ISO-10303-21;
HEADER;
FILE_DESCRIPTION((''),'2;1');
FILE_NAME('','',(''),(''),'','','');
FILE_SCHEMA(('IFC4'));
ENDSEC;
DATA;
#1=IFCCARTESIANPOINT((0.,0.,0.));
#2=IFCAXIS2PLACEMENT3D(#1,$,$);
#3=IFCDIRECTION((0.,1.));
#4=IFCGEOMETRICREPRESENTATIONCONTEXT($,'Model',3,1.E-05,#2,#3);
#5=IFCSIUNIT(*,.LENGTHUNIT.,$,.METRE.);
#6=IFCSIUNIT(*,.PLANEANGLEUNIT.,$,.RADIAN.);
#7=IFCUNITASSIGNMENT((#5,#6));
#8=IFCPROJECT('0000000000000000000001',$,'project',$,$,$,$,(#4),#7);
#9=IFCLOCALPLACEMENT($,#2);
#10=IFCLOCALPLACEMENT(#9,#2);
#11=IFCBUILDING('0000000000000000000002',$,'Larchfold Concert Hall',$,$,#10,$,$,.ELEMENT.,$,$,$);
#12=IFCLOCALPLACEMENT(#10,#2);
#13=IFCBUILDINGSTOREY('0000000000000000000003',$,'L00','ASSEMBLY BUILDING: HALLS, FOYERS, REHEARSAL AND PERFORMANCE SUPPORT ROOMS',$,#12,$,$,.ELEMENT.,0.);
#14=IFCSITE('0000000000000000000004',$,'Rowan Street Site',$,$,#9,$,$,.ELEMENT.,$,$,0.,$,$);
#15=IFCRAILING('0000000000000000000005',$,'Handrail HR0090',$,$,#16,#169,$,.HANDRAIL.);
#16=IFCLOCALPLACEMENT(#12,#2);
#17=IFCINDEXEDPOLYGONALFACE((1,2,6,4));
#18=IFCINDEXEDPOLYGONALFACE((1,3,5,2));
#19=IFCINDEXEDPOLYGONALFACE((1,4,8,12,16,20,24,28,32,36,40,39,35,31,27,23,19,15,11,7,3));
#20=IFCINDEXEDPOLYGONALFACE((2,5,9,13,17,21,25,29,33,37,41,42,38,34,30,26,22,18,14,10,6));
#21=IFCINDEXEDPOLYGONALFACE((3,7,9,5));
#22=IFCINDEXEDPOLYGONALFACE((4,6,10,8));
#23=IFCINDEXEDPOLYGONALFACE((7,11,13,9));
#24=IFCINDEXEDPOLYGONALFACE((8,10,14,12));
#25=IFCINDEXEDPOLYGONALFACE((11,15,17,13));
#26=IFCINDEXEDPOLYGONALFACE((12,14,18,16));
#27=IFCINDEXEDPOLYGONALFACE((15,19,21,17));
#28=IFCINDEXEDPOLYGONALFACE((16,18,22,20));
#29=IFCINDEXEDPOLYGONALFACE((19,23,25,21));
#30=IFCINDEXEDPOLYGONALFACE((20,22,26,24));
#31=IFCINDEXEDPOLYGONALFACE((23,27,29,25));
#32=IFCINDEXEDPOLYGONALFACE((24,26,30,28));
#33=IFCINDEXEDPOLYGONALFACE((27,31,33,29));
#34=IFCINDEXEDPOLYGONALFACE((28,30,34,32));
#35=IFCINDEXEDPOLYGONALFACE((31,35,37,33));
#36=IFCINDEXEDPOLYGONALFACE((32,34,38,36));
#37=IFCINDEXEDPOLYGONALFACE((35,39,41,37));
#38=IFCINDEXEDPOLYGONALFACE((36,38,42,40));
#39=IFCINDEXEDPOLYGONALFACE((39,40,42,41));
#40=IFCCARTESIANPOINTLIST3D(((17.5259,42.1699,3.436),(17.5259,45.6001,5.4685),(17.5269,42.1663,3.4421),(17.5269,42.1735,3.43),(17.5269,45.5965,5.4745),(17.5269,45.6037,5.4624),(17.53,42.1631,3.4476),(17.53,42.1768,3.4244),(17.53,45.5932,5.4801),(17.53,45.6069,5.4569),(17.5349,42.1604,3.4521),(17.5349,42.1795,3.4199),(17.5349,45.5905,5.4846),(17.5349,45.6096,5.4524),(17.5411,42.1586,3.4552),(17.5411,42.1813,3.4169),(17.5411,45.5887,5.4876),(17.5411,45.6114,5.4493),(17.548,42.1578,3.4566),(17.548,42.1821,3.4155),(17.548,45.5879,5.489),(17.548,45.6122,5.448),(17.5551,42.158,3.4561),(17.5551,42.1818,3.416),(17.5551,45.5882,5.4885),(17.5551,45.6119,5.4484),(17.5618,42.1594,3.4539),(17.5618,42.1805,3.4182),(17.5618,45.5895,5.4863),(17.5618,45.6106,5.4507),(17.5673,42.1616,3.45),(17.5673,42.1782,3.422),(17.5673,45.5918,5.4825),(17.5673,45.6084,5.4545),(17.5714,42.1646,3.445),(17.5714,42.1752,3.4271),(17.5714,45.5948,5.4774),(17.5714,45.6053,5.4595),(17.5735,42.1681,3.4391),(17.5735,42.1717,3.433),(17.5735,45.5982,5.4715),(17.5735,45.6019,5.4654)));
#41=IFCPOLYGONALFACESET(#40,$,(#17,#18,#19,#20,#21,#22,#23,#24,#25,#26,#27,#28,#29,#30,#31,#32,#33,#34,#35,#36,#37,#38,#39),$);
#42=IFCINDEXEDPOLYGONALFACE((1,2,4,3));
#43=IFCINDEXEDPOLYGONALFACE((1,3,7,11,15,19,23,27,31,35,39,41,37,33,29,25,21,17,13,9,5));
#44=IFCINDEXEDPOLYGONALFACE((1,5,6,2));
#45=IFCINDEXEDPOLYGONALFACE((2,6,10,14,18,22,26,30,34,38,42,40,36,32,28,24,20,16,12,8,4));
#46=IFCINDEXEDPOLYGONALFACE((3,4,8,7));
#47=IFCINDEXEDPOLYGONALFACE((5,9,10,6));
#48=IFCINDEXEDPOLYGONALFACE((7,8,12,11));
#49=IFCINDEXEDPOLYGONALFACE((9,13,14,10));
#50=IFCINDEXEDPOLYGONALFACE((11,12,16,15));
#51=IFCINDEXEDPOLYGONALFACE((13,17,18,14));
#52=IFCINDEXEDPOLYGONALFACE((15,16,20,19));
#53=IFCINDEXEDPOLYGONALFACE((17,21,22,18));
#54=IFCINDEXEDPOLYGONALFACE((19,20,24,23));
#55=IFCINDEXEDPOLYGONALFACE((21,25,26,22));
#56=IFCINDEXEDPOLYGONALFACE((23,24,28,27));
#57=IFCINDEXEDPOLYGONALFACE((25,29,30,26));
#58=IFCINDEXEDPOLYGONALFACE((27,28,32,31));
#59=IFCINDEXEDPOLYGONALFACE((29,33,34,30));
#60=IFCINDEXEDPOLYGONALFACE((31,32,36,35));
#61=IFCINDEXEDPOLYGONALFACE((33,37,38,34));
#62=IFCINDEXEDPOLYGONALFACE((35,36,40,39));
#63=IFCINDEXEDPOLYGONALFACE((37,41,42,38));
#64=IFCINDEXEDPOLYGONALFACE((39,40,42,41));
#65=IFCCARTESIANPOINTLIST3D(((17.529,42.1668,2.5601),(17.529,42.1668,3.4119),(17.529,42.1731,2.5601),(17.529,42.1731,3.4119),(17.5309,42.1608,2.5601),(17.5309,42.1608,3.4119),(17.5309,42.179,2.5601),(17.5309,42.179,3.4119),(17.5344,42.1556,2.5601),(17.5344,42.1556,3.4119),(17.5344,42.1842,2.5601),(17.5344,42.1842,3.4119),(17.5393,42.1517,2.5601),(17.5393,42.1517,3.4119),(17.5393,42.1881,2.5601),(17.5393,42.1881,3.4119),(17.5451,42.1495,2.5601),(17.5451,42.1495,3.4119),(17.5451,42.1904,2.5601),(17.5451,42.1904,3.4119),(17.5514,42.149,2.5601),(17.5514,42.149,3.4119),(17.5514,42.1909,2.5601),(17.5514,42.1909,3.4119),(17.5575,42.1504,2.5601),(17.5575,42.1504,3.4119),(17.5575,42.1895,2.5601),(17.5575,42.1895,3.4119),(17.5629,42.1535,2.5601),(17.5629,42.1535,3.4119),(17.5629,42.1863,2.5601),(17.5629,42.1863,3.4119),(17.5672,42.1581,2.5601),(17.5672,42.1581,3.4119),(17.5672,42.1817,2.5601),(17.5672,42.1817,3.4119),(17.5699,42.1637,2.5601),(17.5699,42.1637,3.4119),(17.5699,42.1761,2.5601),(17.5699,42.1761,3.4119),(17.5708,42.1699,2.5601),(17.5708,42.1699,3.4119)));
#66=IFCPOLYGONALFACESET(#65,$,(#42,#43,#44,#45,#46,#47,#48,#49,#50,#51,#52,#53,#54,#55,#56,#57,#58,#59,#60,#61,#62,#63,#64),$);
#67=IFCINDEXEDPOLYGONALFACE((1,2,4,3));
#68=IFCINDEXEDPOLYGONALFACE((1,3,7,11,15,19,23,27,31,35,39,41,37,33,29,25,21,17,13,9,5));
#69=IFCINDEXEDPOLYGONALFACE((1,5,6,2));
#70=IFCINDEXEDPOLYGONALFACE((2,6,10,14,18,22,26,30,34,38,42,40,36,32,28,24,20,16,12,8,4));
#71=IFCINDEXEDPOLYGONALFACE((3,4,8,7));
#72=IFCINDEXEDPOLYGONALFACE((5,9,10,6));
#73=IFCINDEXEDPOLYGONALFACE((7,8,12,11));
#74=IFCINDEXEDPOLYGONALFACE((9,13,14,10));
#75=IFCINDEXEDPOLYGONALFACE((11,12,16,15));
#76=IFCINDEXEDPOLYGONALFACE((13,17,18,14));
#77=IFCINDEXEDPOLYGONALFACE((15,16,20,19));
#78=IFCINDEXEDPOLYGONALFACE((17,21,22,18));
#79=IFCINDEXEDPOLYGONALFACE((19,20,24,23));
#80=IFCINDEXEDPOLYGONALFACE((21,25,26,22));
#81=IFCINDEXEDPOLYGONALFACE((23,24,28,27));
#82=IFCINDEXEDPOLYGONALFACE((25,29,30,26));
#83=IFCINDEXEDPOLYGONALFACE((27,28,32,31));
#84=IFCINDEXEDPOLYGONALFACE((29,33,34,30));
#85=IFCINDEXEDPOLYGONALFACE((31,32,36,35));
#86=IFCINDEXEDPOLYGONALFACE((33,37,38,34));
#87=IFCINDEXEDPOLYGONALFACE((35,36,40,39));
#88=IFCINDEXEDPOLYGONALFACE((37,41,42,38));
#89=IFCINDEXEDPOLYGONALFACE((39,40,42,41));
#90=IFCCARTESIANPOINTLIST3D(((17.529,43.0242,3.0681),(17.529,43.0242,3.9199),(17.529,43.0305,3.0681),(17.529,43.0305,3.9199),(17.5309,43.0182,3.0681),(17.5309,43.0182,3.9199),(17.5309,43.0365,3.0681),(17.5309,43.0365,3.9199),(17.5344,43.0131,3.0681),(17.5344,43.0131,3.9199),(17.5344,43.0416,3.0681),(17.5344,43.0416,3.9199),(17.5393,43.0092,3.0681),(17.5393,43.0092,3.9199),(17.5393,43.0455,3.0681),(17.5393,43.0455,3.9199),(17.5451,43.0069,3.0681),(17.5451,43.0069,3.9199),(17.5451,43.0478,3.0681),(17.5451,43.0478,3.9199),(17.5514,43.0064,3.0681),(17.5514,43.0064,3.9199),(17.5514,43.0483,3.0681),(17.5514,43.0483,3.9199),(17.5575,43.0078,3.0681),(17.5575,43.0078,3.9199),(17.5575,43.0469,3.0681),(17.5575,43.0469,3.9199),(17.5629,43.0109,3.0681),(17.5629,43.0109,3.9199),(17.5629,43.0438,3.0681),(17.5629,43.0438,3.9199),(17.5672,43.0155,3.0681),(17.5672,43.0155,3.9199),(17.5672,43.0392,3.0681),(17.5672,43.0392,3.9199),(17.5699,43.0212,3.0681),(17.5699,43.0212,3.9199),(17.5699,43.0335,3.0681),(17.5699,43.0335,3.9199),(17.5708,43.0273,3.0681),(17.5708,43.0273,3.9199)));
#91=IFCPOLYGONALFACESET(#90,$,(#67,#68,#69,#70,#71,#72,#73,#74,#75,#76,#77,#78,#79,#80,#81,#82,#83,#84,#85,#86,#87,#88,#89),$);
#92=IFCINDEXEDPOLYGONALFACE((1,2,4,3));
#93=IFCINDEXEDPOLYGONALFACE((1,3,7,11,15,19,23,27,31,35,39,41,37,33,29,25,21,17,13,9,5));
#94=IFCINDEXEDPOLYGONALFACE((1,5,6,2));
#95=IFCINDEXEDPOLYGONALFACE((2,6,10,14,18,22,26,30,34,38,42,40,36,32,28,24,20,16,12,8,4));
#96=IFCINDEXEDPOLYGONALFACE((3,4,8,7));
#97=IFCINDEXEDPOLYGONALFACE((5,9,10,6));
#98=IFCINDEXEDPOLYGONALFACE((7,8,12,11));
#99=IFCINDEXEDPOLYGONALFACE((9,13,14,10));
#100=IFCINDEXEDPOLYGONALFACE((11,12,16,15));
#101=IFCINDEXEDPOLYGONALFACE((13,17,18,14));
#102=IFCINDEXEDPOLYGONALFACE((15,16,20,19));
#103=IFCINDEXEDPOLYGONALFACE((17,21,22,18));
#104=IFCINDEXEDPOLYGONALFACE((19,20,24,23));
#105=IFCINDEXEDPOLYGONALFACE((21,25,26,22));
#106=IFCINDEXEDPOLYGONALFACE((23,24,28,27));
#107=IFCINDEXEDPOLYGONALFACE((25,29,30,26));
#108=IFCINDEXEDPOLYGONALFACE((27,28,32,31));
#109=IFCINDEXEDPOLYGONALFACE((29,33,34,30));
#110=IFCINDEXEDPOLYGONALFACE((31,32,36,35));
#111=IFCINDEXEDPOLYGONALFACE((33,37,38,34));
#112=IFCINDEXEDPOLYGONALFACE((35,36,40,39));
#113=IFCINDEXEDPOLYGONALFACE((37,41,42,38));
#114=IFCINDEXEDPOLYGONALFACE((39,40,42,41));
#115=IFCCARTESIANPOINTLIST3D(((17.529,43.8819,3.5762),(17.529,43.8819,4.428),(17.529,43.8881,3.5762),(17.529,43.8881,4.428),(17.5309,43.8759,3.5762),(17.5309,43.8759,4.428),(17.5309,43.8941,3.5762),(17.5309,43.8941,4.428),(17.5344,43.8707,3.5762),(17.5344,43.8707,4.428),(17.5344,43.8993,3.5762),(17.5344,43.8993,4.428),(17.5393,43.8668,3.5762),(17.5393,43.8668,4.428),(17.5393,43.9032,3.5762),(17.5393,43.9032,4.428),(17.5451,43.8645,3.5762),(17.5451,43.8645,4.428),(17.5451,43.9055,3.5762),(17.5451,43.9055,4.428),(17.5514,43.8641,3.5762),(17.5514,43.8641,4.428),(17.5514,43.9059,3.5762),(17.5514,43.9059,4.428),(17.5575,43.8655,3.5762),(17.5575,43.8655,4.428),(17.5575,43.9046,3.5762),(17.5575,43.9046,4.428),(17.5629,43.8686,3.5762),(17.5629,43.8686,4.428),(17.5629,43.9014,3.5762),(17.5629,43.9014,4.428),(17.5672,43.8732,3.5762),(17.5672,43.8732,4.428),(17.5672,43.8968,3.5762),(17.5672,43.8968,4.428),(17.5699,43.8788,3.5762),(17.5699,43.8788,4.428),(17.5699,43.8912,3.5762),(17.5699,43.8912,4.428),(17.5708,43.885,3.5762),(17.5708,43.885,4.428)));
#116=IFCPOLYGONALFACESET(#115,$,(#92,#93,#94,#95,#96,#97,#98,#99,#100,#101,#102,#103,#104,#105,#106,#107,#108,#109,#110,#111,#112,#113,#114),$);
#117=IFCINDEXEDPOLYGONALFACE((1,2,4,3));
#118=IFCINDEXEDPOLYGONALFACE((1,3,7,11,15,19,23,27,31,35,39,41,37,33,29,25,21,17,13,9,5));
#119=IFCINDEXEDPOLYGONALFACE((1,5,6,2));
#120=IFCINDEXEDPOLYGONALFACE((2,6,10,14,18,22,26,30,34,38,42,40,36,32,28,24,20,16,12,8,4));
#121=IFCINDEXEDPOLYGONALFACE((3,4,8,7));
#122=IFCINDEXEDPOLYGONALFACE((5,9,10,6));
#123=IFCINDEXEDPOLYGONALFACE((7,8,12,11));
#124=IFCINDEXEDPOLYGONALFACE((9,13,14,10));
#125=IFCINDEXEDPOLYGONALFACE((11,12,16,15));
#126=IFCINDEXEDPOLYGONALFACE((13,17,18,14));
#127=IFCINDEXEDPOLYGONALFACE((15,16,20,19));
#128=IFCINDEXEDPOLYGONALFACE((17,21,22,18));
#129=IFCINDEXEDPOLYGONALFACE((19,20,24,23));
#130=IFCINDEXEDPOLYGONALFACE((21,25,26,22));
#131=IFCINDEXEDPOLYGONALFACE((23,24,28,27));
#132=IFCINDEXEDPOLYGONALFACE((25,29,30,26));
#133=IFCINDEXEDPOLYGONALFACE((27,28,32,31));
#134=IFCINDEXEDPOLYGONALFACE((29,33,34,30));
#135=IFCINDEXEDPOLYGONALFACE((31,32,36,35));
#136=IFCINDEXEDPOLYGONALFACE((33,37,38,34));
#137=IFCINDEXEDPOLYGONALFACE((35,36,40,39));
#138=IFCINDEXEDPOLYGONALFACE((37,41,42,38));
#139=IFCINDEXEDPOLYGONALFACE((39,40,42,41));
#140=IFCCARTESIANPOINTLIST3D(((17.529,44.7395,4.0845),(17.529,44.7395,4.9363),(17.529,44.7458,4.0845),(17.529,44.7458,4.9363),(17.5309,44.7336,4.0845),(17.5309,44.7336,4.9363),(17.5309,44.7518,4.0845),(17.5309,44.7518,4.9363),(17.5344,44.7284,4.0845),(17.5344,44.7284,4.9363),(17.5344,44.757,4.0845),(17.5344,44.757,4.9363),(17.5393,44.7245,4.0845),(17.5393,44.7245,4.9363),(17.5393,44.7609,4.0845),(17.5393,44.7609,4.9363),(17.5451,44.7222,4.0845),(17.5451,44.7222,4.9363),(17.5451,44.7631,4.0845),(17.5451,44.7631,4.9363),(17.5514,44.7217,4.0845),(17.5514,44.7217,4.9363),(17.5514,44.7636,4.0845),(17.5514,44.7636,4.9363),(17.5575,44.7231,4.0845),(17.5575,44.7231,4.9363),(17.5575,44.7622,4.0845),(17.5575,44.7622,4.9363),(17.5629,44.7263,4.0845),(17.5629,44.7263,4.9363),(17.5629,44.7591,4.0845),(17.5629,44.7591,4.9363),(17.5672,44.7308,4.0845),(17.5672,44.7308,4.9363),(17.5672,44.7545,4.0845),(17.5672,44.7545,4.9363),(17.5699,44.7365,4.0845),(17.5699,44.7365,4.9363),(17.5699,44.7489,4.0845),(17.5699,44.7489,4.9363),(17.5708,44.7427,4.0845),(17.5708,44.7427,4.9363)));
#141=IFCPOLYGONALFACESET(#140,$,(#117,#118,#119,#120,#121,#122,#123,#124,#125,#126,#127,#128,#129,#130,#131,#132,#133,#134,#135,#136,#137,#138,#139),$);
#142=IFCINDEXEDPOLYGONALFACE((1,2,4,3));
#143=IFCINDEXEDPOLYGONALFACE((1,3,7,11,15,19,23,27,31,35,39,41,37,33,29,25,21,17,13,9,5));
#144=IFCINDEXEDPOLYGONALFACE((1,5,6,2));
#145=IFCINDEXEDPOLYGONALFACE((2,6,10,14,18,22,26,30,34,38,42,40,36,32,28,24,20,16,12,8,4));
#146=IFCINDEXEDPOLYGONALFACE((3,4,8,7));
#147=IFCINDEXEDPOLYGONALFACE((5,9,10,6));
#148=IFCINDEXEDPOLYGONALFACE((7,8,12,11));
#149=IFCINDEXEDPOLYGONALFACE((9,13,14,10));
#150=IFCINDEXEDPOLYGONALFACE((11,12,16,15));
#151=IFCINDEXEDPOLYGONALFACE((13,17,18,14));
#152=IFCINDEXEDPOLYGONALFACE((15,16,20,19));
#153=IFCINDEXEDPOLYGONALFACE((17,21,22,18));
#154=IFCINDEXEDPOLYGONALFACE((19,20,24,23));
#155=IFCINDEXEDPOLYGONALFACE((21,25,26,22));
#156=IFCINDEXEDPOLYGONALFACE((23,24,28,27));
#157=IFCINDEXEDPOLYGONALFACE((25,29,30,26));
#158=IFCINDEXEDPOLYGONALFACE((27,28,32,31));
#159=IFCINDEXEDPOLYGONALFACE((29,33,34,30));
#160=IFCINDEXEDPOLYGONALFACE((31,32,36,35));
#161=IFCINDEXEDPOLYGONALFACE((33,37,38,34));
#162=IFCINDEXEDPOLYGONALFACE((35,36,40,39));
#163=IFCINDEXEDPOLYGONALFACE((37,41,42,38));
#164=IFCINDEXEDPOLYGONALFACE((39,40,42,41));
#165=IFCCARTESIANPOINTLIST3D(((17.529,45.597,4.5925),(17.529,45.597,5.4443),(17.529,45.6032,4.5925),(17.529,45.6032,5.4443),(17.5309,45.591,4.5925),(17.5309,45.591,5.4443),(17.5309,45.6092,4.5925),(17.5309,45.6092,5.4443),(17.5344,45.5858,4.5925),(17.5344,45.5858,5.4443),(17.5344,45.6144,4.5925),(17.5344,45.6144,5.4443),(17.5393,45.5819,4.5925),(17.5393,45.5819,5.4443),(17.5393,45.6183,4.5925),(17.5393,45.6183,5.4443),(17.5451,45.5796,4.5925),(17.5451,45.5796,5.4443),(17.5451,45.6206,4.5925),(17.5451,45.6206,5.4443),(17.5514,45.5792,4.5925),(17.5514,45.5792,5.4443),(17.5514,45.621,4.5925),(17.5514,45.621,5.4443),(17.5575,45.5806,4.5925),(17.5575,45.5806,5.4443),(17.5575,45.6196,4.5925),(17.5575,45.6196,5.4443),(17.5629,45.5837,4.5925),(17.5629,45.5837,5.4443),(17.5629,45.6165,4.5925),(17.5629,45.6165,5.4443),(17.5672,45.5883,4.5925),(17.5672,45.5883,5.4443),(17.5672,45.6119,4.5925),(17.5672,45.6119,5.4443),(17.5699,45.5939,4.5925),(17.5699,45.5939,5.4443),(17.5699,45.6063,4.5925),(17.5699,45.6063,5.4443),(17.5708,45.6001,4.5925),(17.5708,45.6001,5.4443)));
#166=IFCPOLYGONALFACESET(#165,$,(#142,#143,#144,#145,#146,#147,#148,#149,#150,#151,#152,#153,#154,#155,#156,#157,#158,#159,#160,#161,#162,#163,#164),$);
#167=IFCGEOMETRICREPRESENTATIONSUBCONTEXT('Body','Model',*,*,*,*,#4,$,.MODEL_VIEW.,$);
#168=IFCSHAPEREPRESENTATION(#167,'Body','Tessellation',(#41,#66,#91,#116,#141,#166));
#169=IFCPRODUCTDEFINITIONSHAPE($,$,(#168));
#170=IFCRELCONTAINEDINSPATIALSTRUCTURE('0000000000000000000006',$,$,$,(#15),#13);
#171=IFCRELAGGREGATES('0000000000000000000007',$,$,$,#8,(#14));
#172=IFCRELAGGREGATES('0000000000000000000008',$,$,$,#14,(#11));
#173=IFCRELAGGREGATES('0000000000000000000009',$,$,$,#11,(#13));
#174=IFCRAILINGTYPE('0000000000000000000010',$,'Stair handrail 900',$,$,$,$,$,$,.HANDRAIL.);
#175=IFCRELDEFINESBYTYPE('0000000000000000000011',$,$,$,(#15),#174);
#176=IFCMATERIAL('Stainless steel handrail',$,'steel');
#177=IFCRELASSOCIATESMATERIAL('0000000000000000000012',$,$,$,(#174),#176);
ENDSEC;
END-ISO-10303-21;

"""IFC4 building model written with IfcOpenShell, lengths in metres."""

from ifc_helpers import new_model, si_unit, direction, frame, origin, origin_2d, place, context, subcontext, project, spatial, circle, extrude, material, type_object, element, save


model = new_model("IFC4")

# Units and contexts
model_context = context("Model", 3, precision=1e-05, world=origin(), true_north=direction((0.0, 1.0)))
body_context = subcontext(model_context, "Body", "Model", "MODEL_VIEW")
ifc_project = project(units=[si_unit("LENGTHUNIT", "METRE"), si_unit("PLANEANGLEUNIT", "RADIAN")], contexts=[model_context])

# Site, building, storey
site_placement = place(None, origin())
site = spatial("IfcSite", under=ifc_project, at=site_placement, Name="Rowan Street Site", CompositionType="ELEMENT", RefElevation=0.0)
building_placement = place(site_placement, origin())
building = spatial("IfcBuilding", under=site, at=building_placement, Name="Larchfold Concert Hall", CompositionType="ELEMENT")
storey_placement = place(building_placement, origin())
storey = spatial("IfcBuildingStorey", under=building, at=storey_placement, Name="L00", Description="ASSEMBLY BUILDING: HALLS, FOYERS, REHEARSAL AND PERFORMANCE SUPPORT ROOMS", CompositionType="ELEMENT", Elevation=0.0)

# Railing
ifc_material_1 = material(Name="Stainless steel handrail", Category="steel")
railing_type_1 = type_object("IfcRailingType", Name="Stair handrail 900", PredefinedType="HANDRAIL", material=ifc_material_1)
railing_1_placement = place(storey_placement, frame((17.5498, 42.1699, 2.5601)))
element("IfcRailing", 1, at=railing_1_placement, inside=storey, type_object=railing_type_1, Name="Handrail HR0090", PredefinedType="HANDRAIL", context=body_context, shape_type="SweptSolid", body=[
    extrude(circle(Radius=0.0239, at=origin_2d()), frame((0.0, 0.0, 0.876), z_axis=(0.0, 0.860316, 0.50976), x_axis=(-1.0, 0.0, 0.0)), (0.0, 0.0, 1.0), 3.9871),
    extrude(circle(Radius=0.021, at=origin_2d()), origin(), (0.0, 0.0, 1.0), 0.8518),
    extrude(circle(Radius=0.021, at=origin_2d()), frame((0.0, 0.8574, 0.5081)), (0.0, 0.0, 1.0), 0.8518),
    extrude(circle(Radius=0.021, at=origin_2d()), frame((0.0, 1.7151, 1.0161)), (0.0, 0.0, 1.0), 0.8518),
    extrude(circle(Radius=0.021, at=origin_2d()), frame((0.0, 2.5728, 1.5244)), (0.0, 0.0, 1.0), 0.8518),
    extrude(circle(Radius=0.021, at=origin_2d()), frame((0.0, 3.4302, 2.0325)), (0.0, 0.0, 1.0), 0.8518),
])

save(model, "model.ifc")
